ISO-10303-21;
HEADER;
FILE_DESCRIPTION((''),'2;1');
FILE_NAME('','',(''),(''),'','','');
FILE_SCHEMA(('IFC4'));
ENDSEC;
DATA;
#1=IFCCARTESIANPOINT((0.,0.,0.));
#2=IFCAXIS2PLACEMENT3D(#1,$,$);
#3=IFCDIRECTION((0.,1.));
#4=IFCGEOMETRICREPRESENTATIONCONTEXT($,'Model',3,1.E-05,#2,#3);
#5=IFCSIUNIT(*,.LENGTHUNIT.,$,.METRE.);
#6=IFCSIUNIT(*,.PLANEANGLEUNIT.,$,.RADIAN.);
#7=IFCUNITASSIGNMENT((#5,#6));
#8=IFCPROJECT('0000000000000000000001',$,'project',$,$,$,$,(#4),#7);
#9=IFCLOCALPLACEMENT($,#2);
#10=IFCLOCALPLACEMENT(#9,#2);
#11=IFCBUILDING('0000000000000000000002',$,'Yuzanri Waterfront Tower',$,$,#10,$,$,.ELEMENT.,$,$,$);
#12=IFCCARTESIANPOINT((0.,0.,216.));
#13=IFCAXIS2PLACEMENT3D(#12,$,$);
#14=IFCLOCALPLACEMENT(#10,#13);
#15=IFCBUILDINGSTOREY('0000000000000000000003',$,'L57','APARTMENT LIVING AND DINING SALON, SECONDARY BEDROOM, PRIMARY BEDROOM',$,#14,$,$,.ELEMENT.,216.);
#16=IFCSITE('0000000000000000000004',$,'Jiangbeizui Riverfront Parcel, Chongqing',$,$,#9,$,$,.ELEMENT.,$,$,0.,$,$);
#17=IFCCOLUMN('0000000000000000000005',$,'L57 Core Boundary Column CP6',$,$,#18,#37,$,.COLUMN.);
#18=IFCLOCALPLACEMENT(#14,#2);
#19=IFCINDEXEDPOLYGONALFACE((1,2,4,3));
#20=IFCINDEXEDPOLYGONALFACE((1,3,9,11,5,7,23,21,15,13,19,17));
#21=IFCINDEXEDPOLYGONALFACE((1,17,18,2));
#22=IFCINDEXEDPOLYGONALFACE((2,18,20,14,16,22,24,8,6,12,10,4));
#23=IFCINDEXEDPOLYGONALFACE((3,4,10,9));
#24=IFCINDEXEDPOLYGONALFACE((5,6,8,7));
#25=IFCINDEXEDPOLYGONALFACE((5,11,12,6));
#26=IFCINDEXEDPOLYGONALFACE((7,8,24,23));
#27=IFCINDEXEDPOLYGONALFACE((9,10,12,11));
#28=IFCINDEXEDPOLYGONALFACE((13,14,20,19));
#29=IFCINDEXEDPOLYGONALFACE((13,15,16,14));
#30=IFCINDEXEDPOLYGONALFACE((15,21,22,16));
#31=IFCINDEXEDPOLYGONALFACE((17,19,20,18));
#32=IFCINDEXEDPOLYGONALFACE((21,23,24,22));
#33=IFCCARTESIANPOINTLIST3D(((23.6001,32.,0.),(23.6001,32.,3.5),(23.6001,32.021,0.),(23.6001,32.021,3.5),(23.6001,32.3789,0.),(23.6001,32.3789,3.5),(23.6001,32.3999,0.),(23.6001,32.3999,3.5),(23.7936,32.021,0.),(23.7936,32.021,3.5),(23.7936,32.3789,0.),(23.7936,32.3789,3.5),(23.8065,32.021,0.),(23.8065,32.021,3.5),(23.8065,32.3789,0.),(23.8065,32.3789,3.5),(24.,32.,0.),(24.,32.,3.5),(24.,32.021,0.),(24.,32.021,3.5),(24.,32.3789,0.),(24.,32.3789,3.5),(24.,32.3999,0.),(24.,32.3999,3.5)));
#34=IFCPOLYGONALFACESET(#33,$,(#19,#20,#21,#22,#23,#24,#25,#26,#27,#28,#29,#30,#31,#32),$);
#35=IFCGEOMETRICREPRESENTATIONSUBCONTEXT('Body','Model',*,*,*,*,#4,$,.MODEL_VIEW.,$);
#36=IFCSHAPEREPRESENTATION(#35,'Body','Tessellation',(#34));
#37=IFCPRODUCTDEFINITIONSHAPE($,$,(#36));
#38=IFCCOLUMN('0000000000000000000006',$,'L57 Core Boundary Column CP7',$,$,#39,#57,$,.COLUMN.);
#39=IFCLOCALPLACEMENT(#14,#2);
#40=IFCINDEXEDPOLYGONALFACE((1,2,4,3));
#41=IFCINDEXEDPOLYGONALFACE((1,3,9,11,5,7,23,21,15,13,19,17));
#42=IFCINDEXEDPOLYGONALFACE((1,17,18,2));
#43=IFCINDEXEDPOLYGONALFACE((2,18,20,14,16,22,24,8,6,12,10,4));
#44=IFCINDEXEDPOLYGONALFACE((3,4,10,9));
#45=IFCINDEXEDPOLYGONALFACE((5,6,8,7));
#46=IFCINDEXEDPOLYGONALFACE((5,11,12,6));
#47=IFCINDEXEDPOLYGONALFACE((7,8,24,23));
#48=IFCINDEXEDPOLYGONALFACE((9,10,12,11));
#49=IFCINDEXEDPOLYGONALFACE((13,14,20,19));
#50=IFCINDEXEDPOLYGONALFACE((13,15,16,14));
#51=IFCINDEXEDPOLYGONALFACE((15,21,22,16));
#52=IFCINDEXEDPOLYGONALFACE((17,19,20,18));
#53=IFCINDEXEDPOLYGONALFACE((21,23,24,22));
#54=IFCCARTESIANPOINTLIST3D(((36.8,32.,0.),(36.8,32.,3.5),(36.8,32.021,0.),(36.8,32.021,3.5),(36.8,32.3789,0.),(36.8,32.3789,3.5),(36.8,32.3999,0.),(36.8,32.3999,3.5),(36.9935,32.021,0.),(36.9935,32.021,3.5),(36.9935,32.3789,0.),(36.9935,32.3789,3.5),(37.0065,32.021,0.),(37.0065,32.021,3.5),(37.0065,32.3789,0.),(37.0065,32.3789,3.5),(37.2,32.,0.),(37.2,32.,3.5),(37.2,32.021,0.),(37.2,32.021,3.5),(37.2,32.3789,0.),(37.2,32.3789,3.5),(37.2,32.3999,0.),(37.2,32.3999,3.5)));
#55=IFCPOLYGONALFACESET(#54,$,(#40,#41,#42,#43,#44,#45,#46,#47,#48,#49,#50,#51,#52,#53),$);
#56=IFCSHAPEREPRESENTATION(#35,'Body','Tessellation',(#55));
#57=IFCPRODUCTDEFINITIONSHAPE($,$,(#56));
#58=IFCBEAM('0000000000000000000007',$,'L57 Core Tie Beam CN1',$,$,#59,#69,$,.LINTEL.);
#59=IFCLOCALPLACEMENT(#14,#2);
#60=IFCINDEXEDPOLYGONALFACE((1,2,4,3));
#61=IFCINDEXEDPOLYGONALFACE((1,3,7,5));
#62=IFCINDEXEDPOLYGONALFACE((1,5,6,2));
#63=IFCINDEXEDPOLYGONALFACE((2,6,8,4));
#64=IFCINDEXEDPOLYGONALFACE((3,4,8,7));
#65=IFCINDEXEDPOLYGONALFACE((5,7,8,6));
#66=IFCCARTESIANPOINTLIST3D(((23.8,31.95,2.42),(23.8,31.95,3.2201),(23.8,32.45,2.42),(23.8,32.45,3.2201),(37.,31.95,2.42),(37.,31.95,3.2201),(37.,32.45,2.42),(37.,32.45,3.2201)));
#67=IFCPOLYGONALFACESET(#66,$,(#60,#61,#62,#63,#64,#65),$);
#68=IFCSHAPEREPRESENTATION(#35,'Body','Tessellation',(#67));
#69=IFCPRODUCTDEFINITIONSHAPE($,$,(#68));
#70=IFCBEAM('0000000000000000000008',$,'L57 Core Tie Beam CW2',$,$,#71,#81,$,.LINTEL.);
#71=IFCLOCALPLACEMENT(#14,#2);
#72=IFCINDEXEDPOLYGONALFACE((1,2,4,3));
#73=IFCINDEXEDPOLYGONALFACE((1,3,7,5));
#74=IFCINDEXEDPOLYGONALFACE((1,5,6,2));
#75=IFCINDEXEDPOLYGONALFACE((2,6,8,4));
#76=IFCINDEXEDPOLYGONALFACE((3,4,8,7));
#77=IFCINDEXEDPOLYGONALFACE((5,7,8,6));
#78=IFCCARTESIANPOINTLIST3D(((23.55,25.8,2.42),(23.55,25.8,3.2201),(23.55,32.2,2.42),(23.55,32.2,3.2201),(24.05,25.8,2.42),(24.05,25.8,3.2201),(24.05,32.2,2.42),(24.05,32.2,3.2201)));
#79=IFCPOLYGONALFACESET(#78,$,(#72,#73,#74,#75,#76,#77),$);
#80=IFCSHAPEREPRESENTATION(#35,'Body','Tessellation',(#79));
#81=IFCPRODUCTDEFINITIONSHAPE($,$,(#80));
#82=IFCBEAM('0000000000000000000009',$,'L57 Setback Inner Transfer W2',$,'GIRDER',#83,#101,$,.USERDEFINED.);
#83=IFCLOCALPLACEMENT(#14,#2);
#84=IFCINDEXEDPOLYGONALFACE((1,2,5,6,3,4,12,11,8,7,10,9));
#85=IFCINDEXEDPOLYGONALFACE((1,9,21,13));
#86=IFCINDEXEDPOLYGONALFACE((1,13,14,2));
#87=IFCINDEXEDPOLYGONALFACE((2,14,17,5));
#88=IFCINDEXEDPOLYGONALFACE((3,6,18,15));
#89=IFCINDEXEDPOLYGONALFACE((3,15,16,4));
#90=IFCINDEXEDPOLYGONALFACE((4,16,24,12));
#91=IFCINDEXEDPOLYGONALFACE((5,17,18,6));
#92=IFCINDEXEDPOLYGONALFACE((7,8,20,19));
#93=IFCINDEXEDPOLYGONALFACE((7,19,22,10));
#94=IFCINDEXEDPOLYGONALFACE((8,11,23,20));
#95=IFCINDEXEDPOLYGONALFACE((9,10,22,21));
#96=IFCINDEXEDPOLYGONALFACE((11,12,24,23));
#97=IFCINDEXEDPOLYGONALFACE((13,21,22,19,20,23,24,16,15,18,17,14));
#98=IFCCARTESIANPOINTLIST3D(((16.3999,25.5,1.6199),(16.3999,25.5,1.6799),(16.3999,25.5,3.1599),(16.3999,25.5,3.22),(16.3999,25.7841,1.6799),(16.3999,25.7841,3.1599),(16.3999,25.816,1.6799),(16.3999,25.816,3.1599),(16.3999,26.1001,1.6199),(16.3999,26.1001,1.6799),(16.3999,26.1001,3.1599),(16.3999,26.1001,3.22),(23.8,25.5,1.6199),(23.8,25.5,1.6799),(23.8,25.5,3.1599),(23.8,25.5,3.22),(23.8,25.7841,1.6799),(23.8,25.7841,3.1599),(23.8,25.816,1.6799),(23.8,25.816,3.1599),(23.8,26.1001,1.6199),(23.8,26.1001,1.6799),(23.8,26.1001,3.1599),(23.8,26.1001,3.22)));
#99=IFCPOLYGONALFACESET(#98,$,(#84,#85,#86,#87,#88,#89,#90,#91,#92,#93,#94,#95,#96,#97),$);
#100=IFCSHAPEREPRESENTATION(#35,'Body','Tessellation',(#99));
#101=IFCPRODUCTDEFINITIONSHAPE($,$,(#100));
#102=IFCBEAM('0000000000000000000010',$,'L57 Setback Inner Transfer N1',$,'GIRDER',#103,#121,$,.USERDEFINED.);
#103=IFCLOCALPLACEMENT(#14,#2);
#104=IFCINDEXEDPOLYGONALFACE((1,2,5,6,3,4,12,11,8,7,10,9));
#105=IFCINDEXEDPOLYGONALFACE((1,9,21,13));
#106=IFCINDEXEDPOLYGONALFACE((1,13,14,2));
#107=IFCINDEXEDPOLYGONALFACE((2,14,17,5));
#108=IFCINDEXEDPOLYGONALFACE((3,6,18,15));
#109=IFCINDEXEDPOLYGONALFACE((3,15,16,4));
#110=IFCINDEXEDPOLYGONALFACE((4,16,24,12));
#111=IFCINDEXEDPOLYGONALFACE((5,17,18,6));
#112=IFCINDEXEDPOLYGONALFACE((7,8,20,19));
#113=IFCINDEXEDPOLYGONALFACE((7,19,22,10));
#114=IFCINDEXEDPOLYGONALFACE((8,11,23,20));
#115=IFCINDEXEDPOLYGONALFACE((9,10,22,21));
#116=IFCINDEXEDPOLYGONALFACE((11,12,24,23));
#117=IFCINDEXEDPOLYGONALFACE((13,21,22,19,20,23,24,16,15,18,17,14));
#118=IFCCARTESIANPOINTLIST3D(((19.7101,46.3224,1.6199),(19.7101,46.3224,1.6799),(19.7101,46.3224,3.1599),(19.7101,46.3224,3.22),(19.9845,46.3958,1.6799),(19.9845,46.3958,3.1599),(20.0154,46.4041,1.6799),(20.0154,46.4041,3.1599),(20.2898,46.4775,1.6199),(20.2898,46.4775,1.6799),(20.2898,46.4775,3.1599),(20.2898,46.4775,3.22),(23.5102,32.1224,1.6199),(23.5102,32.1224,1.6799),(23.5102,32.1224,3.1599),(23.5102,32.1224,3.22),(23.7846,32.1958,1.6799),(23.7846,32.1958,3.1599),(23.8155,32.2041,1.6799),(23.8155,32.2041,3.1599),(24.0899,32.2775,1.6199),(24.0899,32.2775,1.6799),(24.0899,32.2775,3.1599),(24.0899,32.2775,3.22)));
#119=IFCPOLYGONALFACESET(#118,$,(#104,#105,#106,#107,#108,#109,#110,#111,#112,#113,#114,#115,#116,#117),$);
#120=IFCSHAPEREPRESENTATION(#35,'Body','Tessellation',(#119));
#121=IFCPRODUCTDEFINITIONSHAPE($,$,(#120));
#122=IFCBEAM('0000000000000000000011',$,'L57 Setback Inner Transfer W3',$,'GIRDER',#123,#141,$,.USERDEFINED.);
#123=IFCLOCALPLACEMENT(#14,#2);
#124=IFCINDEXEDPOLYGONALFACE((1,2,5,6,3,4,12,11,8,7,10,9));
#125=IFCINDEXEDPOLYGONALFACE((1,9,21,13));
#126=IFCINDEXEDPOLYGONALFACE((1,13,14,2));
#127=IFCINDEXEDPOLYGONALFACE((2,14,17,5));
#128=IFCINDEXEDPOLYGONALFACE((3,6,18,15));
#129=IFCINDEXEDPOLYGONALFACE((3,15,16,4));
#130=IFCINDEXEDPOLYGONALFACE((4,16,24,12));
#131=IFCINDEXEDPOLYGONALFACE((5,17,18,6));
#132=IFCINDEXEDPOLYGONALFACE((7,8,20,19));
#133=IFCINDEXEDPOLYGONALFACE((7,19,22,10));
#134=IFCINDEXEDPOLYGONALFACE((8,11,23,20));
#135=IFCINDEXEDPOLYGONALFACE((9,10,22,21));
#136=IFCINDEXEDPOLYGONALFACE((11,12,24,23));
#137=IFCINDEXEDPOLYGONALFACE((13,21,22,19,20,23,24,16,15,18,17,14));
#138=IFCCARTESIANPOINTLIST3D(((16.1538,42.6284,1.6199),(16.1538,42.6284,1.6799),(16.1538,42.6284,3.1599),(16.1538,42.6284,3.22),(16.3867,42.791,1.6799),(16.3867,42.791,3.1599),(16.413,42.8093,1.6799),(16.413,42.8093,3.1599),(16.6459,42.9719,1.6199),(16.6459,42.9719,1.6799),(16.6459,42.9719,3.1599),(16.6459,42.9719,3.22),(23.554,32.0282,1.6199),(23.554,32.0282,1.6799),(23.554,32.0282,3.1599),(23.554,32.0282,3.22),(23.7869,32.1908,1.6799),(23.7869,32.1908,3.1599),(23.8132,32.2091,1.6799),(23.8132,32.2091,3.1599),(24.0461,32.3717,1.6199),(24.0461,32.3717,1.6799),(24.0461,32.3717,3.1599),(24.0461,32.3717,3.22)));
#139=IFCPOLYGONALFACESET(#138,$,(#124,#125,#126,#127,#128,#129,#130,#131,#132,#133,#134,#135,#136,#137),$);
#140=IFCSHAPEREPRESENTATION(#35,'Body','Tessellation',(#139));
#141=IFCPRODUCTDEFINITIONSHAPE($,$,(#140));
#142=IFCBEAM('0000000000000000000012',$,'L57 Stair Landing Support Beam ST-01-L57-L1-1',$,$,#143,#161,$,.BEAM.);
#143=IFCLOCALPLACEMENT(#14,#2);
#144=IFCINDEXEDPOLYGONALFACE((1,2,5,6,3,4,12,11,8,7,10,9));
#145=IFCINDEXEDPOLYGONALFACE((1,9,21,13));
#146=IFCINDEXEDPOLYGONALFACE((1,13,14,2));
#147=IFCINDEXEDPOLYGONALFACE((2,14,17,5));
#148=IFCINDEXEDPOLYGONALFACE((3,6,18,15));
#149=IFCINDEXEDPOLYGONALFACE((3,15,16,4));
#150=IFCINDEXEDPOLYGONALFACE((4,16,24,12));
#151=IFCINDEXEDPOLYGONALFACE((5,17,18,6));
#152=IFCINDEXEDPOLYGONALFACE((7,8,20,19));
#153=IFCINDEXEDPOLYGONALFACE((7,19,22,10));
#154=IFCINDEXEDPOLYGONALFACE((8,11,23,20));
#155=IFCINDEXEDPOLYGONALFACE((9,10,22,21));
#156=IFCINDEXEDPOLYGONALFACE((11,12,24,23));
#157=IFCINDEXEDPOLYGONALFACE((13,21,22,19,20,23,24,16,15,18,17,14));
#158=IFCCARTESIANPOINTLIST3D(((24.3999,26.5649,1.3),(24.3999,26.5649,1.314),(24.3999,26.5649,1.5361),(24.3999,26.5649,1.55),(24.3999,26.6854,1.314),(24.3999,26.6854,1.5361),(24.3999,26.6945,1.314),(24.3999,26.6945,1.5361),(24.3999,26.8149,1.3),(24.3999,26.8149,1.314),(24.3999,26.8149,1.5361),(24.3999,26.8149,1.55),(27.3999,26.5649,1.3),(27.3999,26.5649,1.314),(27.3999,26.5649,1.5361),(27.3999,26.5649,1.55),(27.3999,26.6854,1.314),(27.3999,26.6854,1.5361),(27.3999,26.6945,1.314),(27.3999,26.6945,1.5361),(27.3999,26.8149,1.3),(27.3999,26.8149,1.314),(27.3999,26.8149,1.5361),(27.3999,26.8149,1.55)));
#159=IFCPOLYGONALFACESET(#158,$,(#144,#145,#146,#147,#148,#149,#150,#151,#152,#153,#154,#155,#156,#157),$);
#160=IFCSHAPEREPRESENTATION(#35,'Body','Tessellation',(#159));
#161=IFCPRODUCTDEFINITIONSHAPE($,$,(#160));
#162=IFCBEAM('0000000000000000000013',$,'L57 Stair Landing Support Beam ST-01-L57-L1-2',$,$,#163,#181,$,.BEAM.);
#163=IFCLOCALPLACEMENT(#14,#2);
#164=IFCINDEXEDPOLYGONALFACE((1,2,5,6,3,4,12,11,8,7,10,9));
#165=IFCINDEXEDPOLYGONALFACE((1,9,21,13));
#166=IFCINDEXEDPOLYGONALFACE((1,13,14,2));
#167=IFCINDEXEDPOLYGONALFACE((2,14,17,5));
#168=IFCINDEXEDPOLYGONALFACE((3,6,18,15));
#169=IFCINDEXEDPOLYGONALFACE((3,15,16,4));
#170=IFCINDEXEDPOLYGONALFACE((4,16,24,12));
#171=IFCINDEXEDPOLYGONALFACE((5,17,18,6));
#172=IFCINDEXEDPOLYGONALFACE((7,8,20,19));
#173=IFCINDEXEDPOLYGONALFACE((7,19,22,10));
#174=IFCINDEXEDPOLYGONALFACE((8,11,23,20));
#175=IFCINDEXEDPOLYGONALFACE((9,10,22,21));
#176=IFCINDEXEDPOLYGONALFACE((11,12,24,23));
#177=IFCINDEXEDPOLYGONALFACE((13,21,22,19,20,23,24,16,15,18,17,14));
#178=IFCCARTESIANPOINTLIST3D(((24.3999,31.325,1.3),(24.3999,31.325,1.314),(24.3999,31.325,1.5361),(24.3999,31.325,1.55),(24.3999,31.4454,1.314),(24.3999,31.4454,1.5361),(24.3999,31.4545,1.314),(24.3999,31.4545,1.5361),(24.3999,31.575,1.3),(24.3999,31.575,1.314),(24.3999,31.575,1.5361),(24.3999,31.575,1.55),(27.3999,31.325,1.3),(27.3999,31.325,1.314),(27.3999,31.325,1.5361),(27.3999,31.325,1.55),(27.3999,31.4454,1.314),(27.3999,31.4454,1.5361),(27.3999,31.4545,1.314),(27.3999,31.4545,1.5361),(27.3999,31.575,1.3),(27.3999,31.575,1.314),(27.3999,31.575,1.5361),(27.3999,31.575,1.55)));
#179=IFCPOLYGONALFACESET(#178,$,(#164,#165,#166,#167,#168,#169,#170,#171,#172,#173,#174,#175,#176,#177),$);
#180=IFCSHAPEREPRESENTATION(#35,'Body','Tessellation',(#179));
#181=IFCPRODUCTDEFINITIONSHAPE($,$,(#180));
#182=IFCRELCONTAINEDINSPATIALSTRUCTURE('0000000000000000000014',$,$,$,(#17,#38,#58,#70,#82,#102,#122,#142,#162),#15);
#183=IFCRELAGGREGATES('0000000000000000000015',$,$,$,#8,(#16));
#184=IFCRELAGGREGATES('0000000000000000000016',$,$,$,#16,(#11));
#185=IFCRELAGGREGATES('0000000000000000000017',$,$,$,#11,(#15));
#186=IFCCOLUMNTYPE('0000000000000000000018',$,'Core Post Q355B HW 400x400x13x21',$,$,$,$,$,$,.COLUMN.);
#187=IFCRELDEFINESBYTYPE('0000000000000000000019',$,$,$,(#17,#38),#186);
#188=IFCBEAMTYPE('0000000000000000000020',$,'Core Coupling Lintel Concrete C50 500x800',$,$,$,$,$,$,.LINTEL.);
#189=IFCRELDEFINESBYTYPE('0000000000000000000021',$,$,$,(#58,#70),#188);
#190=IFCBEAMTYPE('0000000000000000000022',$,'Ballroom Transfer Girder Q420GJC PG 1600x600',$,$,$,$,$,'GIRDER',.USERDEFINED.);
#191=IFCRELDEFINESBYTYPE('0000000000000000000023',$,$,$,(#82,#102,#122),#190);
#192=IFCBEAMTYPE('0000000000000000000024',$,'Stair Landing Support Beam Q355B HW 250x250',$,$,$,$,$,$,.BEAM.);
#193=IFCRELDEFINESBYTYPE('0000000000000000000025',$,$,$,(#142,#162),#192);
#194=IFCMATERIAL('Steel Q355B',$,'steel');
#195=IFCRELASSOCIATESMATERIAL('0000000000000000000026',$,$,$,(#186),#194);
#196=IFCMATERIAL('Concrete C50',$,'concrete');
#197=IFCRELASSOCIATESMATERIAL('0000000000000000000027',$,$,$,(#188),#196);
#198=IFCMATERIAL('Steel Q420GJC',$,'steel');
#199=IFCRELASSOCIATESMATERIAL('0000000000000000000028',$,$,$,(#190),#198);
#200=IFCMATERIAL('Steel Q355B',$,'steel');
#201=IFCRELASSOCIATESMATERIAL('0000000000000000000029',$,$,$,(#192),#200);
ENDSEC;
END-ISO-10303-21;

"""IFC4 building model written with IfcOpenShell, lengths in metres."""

from ifc_helpers import new_model, si_unit, direction, frame, origin, origin_2d, place, context, subcontext, project, spatial, rectangle, i_section, extrude, source, transform, mapped, material, material_profile, profile_set, type_object, element, save


model = new_model("IFC4")

# Units and contexts
model_context = context("Model", 3, precision=1e-05, world=origin(), true_north=direction((0.0, 1.0)))
body_context = subcontext(model_context, "Body", "Model", "MODEL_VIEW")
ifc_project = project(units=[si_unit("LENGTHUNIT", "METRE"), si_unit("PLANEANGLEUNIT", "RADIAN")], contexts=[model_context])

# Site, building, storey
site_placement = place(None, origin())
site = spatial("IfcSite", under=ifc_project, at=site_placement, Name="Jiangbeizui Riverfront Parcel, Chongqing", CompositionType="ELEMENT", RefElevation=0.0)
building_placement = place(site_placement, origin())
building = spatial("IfcBuilding", under=site, at=building_placement, Name="Yuzanri Waterfront Tower", CompositionType="ELEMENT")
storey_placement = place(building_placement, frame((0.0, 0.0, 216.0)))
storey = spatial("IfcBuildingStorey", under=building, at=storey_placement, Name="L57", Description="APARTMENT LIVING AND DINING SALON, SECONDARY BEDROOM, PRIMARY BEDROOM", CompositionType="ELEMENT", Elevation=216.0)

# Columns
ifc_material_1 = material(Name="Steel Q355B", Category="steel")
ifc_material_profile_1 = material_profile(ifc_material_1, i_section(OverallWidth=0.3999, OverallDepth=0.3999, WebThickness=0.0129, FlangeThickness=0.021, at=origin_2d()), Name="HW 400x400x13x21")
ifc_profile_set_1 = profile_set([ifc_material_profile_1], Name="Steel Q355B")
column_type = type_object("IfcColumnType", Name="Core Post Q355B HW 400x400x13x21", PredefinedType="COLUMN", material=ifc_profile_set_1)
shared_shape_1 = source(origin(), body_context, "Body", "SweptSolid", [
    extrude(i_section(OverallWidth=0.3999, OverallDepth=0.3999, WebThickness=0.0129, FlangeThickness=0.021, at=origin_2d()), origin(), (0.0, 0.0, 1.0), 3.5),
])
for number, where, z_axis, x_axis, name in (
    (1, (23.8, 32.2, 0.0), (0.0, 0.0, 1.0), (1.0, 0.0, 0.0), "L57 Core Boundary Column CP6"),
    (2, (37.0, 32.2, 0.0), (0.0, 0.0, 1.0), (1.0, 0.0, 0.0), "L57 Core Boundary Column CP7"),
):
    element("IfcColumn", number, at=place(storey_placement, frame(where, z_axis=z_axis, x_axis=x_axis)), inside=storey, type_object=column_type, Name=name, PredefinedType="COLUMN", context=body_context, shape_type="MappedRepresentation", body=[
        mapped(shared_shape_1, transform((0.0, 0.0, 0.0), scale=1.0)),
    ])

# Beams
ifc_material_2 = material(Name="Concrete C50", Category="concrete")
ifc_material_profile_2 = material_profile(ifc_material_2, rectangle(XDim=0.5, YDim=0.8, at=origin_2d()), Name="RC 500x800")
ifc_profile_set_2 = profile_set([ifc_material_profile_2], Name="Concrete C50")
beam_type_1 = type_object("IfcBeamType", Name="Core Coupling Lintel Concrete C50 500x800", PredefinedType="LINTEL", material=ifc_profile_set_2)
shared_shape_2 = source(origin(), body_context, "Body", "SweptSolid", [
    extrude(rectangle(XDim=0.5, YDim=0.8, at=origin_2d()), origin(), (0.0, 0.0, 1.0), 13.2),
])
beam_1_placement = place(storey_placement, frame((23.8, 32.2, 2.8201), z_axis=(1.0, 0.0, 0.0), x_axis=(0.0, 1.0, 0.0)))
element("IfcBeam", 3, at=beam_1_placement, inside=storey, type_object=beam_type_1, Name="L57 Core Tie Beam CN1", PredefinedType="LINTEL", context=body_context, shape_type="MappedRepresentation", body=[
    mapped(shared_shape_2, transform((0.0, 0.0, 0.0), scale=1.0)),
])
shared_shape_3 = source(origin(), body_context, "Body", "SweptSolid", [
    extrude(rectangle(XDim=0.5, YDim=0.8, at=origin_2d()), origin(), (0.0, 0.0, 1.0), 6.3999),
])
beam_2_placement = place(storey_placement, frame((23.8, 25.8, 2.8201), z_axis=(0.0, 1.0, 0.0), x_axis=(-1.0, 0.0, 0.0)))
element("IfcBeam", 4, at=beam_2_placement, inside=storey, type_object=beam_type_1, Name="L57 Core Tie Beam CW2", PredefinedType="LINTEL", context=body_context, shape_type="MappedRepresentation", body=[
    mapped(shared_shape_3, transform((0.0, 0.0, 0.0), scale=1.0)),
])
ifc_material_3 = material(Name="Steel Q420GJC", Category="steel")
ifc_material_profile_3 = material_profile(ifc_material_3, i_section(OverallWidth=0.6001, OverallDepth=1.6001, WebThickness=0.032, FlangeThickness=0.0601, at=origin_2d()), Name="PG 1600x600x32x60")
ifc_profile_set_3 = profile_set([ifc_material_profile_3], Name="Steel Q420GJC")
beam_type_2 = type_object("IfcBeamType", Name="Ballroom Transfer Girder Q420GJC PG 1600x600", ElementType="GIRDER", PredefinedType="USERDEFINED", material=ifc_profile_set_3)
shared_shape_4 = source(origin(), body_context, "Body", "SweptSolid", [
    extrude(i_section(OverallWidth=0.6001, OverallDepth=1.6001, WebThickness=0.032, FlangeThickness=0.0601, at=origin_2d()), origin(), (0.0, 0.0, 1.0), 7.4001),
])
beam_3_placement = place(storey_placement, frame((23.8, 25.8, 2.4199), z_axis=(-1.0, 0.0, 0.0), x_axis=(0.0, -1.0, 0.0)))
element("IfcBeam", 5, at=beam_3_placement, inside=storey, type_object=beam_type_2, Name="L57 Setback Inner Transfer W2", ObjectType="GIRDER", PredefinedType="USERDEFINED", context=body_context, shape_type="MappedRepresentation", body=[
    mapped(shared_shape_4, transform((0.0, 0.0, 0.0), scale=1.0)),
])
shared_shape_5 = source(origin(), body_context, "Body", "SweptSolid", [
    extrude(i_section(OverallWidth=0.6001, OverallDepth=1.6001, WebThickness=0.032, FlangeThickness=0.0601, at=origin_2d()), origin(), (0.0, 0.0, 1.0), 14.6997),
])
beam_4_placement = place(storey_placement, frame((23.8, 32.2, 2.4199), z_axis=(-0.258513, 0.966008, 0.0), x_axis=(-0.966008, -0.258513, 0.0)))
element("IfcBeam", 6, at=beam_4_placement, inside=storey, type_object=beam_type_2, Name="L57 Setback Inner Transfer N1", ObjectType="GIRDER", PredefinedType="USERDEFINED", context=body_context, shape_type="MappedRepresentation", body=[
    mapped(shared_shape_5, transform((0.0, 0.0, 0.0), scale=1.0)),
])
shared_shape_6 = source(origin(), body_context, "Body", "SweptSolid", [
    extrude(i_section(OverallWidth=0.6001, OverallDepth=1.6001, WebThickness=0.032, FlangeThickness=0.0601, at=origin_2d()), origin(), (0.0, 0.0, 1.0), 12.9277),
])
beam_5_placement = place(storey_placement, frame((23.8, 32.2, 2.4199), z_axis=(-0.572428, 0.819955, 0.0), x_axis=(-0.819955, -0.572428, 0.0)))
element("IfcBeam", 7, at=beam_5_placement, inside=storey, type_object=beam_type_2, Name="L57 Setback Inner Transfer W3", ObjectType="GIRDER", PredefinedType="USERDEFINED", context=body_context, shape_type="MappedRepresentation", body=[
    mapped(shared_shape_6, transform((0.0, 0.0, 0.0), scale=1.0)),
])
ifc_material_4 = material(Name="Steel Q355B", Category="steel")
ifc_material_profile_4 = material_profile(ifc_material_4, i_section(OverallWidth=0.25, OverallDepth=0.25, WebThickness=0.009, FlangeThickness=0.0139, at=origin_2d()), Name="HW 250x250x9x14")
ifc_profile_set_4 = profile_set([ifc_material_profile_4], Name="Steel Q355B")
beam_type_3 = type_object("IfcBeamType", Name="Stair Landing Support Beam Q355B HW 250x250", PredefinedType="BEAM", material=ifc_profile_set_4)
shared_shape_7 = source(origin(), body_context, "Body", "SweptSolid", [
    extrude(i_section(OverallWidth=0.25, OverallDepth=0.25, WebThickness=0.009, FlangeThickness=0.0139, at=origin_2d()), origin(), (0.0, 0.0, 1.0), 3.0),
])
for number, where, z_axis, x_axis, name in (
    (8, (24.3999, 26.6899, 1.425), (1.0, 0.0, 0.0), (0.0, 1.0, 0.0), "L57 Stair Landing Support Beam ST-01-L57-L1-1"),
    (9, (24.3999, 31.45, 1.425), (1.0, 0.0, 0.0), (0.0, 1.0, 0.0), "L57 Stair Landing Support Beam ST-01-L57-L1-2"),
):
    element("IfcBeam", number, at=place(storey_placement, frame(where, z_axis=z_axis, x_axis=x_axis)), inside=storey, type_object=beam_type_3, Name=name, PredefinedType="BEAM", context=body_context, shape_type="MappedRepresentation", body=[
        mapped(shared_shape_7, transform((0.0, 0.0, 0.0), scale=1.0)),
    ])

save(model, "model.ifc")
